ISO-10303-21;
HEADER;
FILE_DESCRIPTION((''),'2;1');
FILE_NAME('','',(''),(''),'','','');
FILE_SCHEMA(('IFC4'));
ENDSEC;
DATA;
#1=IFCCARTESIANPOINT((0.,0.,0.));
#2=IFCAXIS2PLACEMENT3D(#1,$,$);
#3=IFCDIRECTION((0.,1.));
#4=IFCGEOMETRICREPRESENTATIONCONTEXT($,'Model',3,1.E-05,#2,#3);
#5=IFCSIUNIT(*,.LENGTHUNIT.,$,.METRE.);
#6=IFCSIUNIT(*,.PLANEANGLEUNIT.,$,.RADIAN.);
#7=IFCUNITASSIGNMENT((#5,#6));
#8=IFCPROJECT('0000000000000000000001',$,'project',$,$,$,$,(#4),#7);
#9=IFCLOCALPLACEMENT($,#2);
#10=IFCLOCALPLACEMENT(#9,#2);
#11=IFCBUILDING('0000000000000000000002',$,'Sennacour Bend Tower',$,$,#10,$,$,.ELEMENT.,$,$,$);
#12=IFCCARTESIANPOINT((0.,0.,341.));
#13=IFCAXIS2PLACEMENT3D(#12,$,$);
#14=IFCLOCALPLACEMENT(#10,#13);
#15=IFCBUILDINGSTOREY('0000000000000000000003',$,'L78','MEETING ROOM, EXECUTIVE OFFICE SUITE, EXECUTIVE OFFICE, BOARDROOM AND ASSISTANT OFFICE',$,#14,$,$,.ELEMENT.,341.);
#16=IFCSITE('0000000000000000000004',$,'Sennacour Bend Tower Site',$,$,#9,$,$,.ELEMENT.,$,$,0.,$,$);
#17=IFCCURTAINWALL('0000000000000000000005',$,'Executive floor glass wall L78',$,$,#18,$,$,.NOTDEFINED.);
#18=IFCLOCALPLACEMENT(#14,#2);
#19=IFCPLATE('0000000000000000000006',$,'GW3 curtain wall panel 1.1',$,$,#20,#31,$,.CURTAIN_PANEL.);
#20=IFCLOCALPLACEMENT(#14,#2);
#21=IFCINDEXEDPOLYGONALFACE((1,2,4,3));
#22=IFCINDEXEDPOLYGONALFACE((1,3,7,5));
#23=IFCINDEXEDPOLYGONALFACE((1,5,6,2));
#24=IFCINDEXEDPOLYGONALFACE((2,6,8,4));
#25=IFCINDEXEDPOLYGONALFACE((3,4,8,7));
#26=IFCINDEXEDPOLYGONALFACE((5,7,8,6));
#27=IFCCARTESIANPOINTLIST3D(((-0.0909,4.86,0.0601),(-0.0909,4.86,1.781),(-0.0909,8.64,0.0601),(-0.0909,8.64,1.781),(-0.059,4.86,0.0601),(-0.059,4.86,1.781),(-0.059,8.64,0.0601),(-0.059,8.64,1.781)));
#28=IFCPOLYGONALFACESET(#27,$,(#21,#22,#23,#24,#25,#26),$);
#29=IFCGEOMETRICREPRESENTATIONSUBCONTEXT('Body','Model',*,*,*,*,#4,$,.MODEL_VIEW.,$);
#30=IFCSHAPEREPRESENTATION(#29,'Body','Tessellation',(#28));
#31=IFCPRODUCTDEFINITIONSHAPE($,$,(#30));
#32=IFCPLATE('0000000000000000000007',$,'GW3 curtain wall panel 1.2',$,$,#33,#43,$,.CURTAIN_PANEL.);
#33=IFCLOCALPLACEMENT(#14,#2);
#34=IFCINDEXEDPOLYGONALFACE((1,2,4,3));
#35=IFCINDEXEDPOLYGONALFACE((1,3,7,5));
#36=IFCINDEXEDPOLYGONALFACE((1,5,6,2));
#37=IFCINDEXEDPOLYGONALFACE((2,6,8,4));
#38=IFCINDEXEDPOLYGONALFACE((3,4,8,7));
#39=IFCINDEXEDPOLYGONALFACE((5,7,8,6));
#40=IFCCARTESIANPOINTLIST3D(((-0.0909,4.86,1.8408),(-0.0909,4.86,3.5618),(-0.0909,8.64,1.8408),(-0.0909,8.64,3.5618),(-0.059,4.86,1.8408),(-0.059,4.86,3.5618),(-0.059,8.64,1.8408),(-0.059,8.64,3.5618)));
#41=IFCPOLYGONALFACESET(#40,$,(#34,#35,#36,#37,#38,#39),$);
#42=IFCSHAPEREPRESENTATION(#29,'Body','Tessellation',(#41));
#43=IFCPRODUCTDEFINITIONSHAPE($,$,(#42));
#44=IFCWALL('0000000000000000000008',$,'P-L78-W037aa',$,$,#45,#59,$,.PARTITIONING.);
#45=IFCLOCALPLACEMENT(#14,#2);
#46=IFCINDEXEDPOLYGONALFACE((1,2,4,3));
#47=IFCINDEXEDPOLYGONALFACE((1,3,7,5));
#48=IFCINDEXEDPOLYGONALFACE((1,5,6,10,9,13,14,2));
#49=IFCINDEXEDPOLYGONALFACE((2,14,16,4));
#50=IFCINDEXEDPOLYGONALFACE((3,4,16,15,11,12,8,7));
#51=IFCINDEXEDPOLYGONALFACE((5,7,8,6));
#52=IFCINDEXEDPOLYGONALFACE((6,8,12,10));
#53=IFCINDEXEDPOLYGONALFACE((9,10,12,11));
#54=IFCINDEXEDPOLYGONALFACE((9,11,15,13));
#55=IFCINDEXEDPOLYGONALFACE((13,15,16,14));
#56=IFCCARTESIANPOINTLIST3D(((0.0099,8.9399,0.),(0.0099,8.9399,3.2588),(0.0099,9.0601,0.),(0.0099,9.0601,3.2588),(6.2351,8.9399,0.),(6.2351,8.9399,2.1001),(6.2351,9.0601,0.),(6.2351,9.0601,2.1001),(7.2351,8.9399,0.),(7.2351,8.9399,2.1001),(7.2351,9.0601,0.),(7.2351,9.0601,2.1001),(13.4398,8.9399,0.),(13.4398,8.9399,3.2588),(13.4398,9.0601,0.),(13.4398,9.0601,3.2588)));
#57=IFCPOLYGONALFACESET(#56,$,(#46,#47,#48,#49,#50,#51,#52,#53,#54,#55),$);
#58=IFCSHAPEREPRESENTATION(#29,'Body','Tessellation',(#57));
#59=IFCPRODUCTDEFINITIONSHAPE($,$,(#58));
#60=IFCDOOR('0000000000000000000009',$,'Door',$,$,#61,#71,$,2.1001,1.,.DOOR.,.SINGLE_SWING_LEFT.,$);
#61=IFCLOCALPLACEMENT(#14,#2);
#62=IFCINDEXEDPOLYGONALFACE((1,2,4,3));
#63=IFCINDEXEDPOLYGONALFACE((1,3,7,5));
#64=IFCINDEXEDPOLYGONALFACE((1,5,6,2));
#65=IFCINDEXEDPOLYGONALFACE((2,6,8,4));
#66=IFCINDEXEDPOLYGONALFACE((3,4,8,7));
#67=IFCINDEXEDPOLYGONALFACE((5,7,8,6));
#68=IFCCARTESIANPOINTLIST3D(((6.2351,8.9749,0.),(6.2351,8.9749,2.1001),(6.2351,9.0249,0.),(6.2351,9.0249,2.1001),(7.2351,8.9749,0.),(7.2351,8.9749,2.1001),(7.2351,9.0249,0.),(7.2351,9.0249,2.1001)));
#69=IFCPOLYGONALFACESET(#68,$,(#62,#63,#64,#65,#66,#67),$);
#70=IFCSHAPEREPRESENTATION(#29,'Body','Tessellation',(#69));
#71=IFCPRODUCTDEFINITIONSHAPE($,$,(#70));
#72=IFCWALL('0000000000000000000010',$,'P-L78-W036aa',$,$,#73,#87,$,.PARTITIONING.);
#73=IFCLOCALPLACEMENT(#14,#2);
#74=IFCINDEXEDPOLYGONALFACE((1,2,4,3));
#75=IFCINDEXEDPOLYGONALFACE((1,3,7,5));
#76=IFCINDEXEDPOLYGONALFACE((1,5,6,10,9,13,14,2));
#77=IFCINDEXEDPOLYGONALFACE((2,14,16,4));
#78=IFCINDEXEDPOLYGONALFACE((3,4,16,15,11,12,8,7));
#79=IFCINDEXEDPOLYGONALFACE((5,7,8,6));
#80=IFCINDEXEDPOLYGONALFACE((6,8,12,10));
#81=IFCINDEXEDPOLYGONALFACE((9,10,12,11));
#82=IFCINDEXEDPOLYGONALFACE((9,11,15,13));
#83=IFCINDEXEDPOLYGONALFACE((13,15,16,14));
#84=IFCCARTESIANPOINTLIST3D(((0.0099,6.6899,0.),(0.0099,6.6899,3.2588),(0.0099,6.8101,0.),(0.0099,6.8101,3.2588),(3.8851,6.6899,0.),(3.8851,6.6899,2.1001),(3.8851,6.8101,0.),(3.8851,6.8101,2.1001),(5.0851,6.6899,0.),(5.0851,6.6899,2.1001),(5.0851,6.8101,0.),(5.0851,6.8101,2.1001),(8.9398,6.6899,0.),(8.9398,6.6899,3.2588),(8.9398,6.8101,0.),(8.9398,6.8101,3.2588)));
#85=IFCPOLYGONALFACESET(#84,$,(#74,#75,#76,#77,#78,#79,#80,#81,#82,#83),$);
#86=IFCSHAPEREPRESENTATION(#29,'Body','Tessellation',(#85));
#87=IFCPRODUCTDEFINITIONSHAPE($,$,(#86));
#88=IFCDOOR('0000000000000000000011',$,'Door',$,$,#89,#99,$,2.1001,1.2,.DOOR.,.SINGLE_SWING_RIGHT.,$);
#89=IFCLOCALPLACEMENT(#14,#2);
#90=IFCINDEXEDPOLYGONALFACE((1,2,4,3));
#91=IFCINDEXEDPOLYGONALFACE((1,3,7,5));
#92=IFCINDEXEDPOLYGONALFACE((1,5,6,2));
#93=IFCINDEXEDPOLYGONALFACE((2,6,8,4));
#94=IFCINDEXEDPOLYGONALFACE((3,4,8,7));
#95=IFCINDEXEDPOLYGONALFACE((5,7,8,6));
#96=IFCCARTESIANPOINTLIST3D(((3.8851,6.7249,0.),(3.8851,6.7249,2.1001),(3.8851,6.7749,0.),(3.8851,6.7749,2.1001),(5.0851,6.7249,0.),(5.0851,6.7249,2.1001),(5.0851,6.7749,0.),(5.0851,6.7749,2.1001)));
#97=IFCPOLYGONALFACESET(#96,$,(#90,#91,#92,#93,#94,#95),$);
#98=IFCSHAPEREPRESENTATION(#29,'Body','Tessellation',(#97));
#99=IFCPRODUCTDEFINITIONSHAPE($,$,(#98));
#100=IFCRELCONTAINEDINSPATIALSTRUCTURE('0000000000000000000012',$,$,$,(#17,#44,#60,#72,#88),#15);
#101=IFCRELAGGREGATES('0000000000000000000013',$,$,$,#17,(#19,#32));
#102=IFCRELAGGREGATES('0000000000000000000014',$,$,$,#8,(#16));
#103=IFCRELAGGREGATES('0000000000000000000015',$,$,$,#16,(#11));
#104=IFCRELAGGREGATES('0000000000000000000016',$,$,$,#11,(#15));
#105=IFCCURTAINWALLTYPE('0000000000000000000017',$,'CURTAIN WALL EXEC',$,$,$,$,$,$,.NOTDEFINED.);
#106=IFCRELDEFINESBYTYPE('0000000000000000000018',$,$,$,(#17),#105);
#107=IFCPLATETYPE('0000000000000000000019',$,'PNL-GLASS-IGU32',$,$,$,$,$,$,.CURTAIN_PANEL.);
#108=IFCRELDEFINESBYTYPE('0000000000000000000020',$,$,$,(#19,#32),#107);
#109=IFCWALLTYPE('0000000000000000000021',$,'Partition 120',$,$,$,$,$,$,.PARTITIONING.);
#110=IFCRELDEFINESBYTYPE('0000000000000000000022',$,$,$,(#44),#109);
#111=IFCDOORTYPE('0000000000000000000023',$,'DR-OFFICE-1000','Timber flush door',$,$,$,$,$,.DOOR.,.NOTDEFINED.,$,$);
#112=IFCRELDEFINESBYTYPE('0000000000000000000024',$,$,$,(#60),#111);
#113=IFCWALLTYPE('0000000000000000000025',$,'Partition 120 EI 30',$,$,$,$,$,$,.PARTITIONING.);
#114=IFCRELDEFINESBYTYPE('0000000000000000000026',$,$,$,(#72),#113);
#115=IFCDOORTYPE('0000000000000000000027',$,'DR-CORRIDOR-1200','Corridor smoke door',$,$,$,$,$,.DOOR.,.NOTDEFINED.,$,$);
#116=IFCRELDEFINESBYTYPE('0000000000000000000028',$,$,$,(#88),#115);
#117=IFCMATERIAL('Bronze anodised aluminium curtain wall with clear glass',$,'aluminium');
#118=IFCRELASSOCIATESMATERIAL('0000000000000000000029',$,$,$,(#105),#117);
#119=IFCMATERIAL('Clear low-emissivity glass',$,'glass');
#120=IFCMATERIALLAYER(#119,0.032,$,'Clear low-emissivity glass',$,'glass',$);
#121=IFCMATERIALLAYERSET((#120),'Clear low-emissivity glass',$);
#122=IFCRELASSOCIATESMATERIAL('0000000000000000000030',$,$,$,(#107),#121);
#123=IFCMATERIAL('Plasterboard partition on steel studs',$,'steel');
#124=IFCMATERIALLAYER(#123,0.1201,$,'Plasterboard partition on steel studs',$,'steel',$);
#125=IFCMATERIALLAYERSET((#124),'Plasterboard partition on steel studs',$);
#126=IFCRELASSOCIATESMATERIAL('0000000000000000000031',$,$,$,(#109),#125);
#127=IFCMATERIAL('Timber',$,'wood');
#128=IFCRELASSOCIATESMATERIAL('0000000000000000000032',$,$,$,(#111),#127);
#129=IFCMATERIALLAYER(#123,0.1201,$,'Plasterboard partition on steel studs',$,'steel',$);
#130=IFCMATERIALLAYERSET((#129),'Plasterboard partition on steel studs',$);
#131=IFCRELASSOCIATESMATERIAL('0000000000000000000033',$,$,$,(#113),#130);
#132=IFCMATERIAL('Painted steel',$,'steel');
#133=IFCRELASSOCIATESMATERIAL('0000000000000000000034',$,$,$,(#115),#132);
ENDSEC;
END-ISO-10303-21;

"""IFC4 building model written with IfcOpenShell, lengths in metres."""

from ifc_helpers import new_model, si_unit, direction, frame, frame_2d, origin, origin_2d, place, context, subcontext, project, spatial, rectangle, extrude, material, layer, layer_set, type_object, element, fill, aggregate, save


model = new_model("IFC4")

# Units and contexts
model_context = context("Model", 3, precision=1e-05, world=origin(), true_north=direction((0.0, 1.0)))
body_context = subcontext(model_context, "Body", "Model", "MODEL_VIEW")
ifc_project = project(units=[si_unit("LENGTHUNIT", "METRE"), si_unit("PLANEANGLEUNIT", "RADIAN")], contexts=[model_context])

# Site, building, storey
site_placement = place(None, origin())
site = spatial("IfcSite", under=ifc_project, at=site_placement, Name="Sennacour Bend Tower Site", CompositionType="ELEMENT", RefElevation=0.0)
building_placement = place(site_placement, origin())
building = spatial("IfcBuilding", under=site, at=building_placement, Name="Sennacour Bend Tower", CompositionType="ELEMENT")
storey_placement = place(building_placement, frame((0.0, 0.0, 341.0)))
storey = spatial("IfcBuildingStorey", under=building, at=storey_placement, Name="L78", Description="MEETING ROOM, EXECUTIVE OFFICE SUITE, EXECUTIVE OFFICE, BOARDROOM AND ASSISTANT OFFICE", CompositionType="ELEMENT", Elevation=341.0)

# Shared definitions
ifc_material_1 = material(Name="Bronze anodised aluminium curtain wall with clear glass", Category="aluminium")
curtain_wall_type = type_object("IfcCurtainWallType", Name="CURTAIN WALL EXEC", PredefinedType="NOTDEFINED", material=ifc_material_1)

# Curtain wall
curtain_wall_1_placement = place(storey_placement, origin())
curtain_wall_1 = element("IfcCurtainWall", 1, at=curtain_wall_1_placement, inside=storey, type_object=curtain_wall_type, Name="Executive floor glass wall L78", PredefinedType="NOTDEFINED")

# Plates
ifc_material_2 = material(Name="Clear low-emissivity glass", Category="glass")
ifc_layer_1 = layer(ifc_material_2, 0.032, Name="Clear low-emissivity glass", Category="glass")
ifc_layer_set_1 = layer_set([ifc_layer_1], Name="Clear low-emissivity glass")
plate_type = type_object("IfcPlateType", Name="PNL-GLASS-IGU32", PredefinedType="CURTAIN_PANEL", material=ifc_layer_set_1)
plate_1_placement = place(storey_placement, frame((-0.075, 6.75, 0.0601), z_axis=(0.0, 0.0, 1.0), x_axis=(0.0, -1.0, 0.0)))
plate_1 = element("IfcPlate", 2, at=plate_1_placement, type_object=plate_type, Name="GW3 curtain wall panel 1.1", PredefinedType="CURTAIN_PANEL", context=body_context, shape_type="SweptSolid", body=[
    extrude(rectangle(XDim=3.78, YDim=0.032, at=origin_2d()), origin(), (0.0, 0.0, 1.0), 1.7209),
])
plate_2_placement = place(storey_placement, frame((-0.075, 6.75, 1.8408), z_axis=(0.0, 0.0, 1.0), x_axis=(0.0, -1.0, 0.0)))
plate_2 = element("IfcPlate", 3, at=plate_2_placement, type_object=plate_type, Name="GW3 curtain wall panel 1.2", PredefinedType="CURTAIN_PANEL", context=body_context, shape_type="SweptSolid", body=[
    extrude(rectangle(XDim=3.78, YDim=0.032, at=origin_2d()), origin(), (0.0, 0.0, 1.0), 1.7209),
])
aggregate(curtain_wall_1, [plate_1, plate_2])

# Walls, openings, doors
ifc_material_3 = material(Name="Plasterboard partition on steel studs", Category="steel")
ifc_layer_2 = layer(ifc_material_3, 0.1201, Name="Plasterboard partition on steel studs", Category="steel")
ifc_layer_set_2 = layer_set([ifc_layer_2], Name="Plasterboard partition on steel studs")
wall_type_1 = type_object("IfcWallType", Name="Partition 120", PredefinedType="PARTITIONING", material=ifc_layer_set_2)
wall_1_placement = place(storey_placement, frame((0.01, 9.0, 0.0), z_axis=(0.0, 0.0, 1.0), x_axis=(1.0, 0.0, 0.0)))
wall_1 = element("IfcWall", 4, at=wall_1_placement, inside=storey, type_object=wall_type_1, Name="P-L78-W037aa", PredefinedType="PARTITIONING", context=body_context, shape_type="SweptSolid", body=[
    extrude(rectangle(XDim=13.4299, YDim=0.1201, at=frame_2d((6.7148, 0.0))), origin(), (0.0, 0.0, 1.0), 3.2588),
])
opening_1_placement = place(wall_1_placement, frame((6.2251, 0.0, 0.0)))
opening_1 = element("IfcOpeningElement", 5, at=opening_1_placement, cuts=wall_1, PredefinedType="OPENING", context=body_context, shape_type="SweptSolid", body=[
    extrude(rectangle(XDim=1.0, YDim=2.1001, at=frame_2d((0.5, 1.05))), frame((0.0, 0.0701, 0.0), z_axis=(0.0, -1.0, 0.0), x_axis=(1.0, 0.0, 0.0)), (0.0, 0.0, 1.0), 0.1401),
])
ifc_material_4 = material(Name="Timber", Category="wood")
door_type_1 = type_object("IfcDoorType", Name="DR-OFFICE-1000", Description="Timber flush door", OperationType="NOTDEFINED", PredefinedType="DOOR", material=ifc_material_4)
door_1_placement = place(opening_1_placement, origin())
door_1 = element("IfcDoor", 6, at=door_1_placement, inside=storey, type_object=door_type_1, Name="Door", OperationType="SINGLE_SWING_LEFT", OverallHeight=2.1001, OverallWidth=1.0, PredefinedType="DOOR", context=body_context, shape_type="SweptSolid", body=[
    extrude(rectangle(XDim=1.0, YDim=2.1001, at=frame_2d((0.5, 1.05))), frame((0.0, 0.0249, 0.0), z_axis=(0.0, -1.0, 0.0), x_axis=(1.0, 0.0, 0.0)), (0.0, 0.0, 1.0), 0.05),
])
fill(opening_1, door_1)
ifc_layer_3 = layer(ifc_material_3, 0.1201, Name="Plasterboard partition on steel studs", Category="steel")
ifc_layer_set_3 = layer_set([ifc_layer_3], Name="Plasterboard partition on steel studs")
wall_type_2 = type_object("IfcWallType", Name="Partition 120 EI 30", PredefinedType="PARTITIONING", material=ifc_layer_set_3)
wall_2_placement = place(storey_placement, frame((0.01, 6.75, 0.0), z_axis=(0.0, 0.0, 1.0), x_axis=(1.0, 0.0, 0.0)))
wall_2 = element("IfcWall", 7, at=wall_2_placement, inside=storey, type_object=wall_type_2, Name="P-L78-W036aa", PredefinedType="PARTITIONING", context=body_context, shape_type="SweptSolid", body=[
    extrude(rectangle(XDim=8.9299, YDim=0.1201, at=frame_2d((4.4648, 0.0))), origin(), (0.0, 0.0, 1.0), 3.2588),
])
opening_2_placement = place(wall_2_placement, frame((3.875, 0.0, 0.0)))
opening_2 = element("IfcOpeningElement", 8, at=opening_2_placement, cuts=wall_2, PredefinedType="OPENING", context=body_context, shape_type="SweptSolid", body=[
    extrude(rectangle(XDim=1.2, YDim=2.1001, at=frame_2d((0.6001, 1.05))), frame((0.0, 0.0701, 0.0), z_axis=(0.0, -1.0, 0.0), x_axis=(1.0, 0.0, 0.0)), (0.0, 0.0, 1.0), 0.1401),
])
ifc_material_5 = material(Name="Painted steel", Category="steel")
door_type_2 = type_object("IfcDoorType", Name="DR-CORRIDOR-1200", Description="Corridor smoke door", OperationType="NOTDEFINED", PredefinedType="DOOR", material=ifc_material_5)
door_2_placement = place(opening_2_placement, origin())
door_2 = element("IfcDoor", 9, at=door_2_placement, inside=storey, type_object=door_type_2, Name="Door", OperationType="SINGLE_SWING_RIGHT", OverallHeight=2.1001, OverallWidth=1.2, PredefinedType="DOOR", context=body_context, shape_type="SweptSolid", body=[
    extrude(rectangle(XDim=1.2, YDim=2.1001, at=frame_2d((0.6001, 1.05))), frame((0.0, 0.0249, 0.0), z_axis=(0.0, -1.0, 0.0), x_axis=(1.0, 0.0, 0.0)), (0.0, 0.0, 1.0), 0.05),
])
fill(opening_2, door_2)

save(model, "model.ifc")
